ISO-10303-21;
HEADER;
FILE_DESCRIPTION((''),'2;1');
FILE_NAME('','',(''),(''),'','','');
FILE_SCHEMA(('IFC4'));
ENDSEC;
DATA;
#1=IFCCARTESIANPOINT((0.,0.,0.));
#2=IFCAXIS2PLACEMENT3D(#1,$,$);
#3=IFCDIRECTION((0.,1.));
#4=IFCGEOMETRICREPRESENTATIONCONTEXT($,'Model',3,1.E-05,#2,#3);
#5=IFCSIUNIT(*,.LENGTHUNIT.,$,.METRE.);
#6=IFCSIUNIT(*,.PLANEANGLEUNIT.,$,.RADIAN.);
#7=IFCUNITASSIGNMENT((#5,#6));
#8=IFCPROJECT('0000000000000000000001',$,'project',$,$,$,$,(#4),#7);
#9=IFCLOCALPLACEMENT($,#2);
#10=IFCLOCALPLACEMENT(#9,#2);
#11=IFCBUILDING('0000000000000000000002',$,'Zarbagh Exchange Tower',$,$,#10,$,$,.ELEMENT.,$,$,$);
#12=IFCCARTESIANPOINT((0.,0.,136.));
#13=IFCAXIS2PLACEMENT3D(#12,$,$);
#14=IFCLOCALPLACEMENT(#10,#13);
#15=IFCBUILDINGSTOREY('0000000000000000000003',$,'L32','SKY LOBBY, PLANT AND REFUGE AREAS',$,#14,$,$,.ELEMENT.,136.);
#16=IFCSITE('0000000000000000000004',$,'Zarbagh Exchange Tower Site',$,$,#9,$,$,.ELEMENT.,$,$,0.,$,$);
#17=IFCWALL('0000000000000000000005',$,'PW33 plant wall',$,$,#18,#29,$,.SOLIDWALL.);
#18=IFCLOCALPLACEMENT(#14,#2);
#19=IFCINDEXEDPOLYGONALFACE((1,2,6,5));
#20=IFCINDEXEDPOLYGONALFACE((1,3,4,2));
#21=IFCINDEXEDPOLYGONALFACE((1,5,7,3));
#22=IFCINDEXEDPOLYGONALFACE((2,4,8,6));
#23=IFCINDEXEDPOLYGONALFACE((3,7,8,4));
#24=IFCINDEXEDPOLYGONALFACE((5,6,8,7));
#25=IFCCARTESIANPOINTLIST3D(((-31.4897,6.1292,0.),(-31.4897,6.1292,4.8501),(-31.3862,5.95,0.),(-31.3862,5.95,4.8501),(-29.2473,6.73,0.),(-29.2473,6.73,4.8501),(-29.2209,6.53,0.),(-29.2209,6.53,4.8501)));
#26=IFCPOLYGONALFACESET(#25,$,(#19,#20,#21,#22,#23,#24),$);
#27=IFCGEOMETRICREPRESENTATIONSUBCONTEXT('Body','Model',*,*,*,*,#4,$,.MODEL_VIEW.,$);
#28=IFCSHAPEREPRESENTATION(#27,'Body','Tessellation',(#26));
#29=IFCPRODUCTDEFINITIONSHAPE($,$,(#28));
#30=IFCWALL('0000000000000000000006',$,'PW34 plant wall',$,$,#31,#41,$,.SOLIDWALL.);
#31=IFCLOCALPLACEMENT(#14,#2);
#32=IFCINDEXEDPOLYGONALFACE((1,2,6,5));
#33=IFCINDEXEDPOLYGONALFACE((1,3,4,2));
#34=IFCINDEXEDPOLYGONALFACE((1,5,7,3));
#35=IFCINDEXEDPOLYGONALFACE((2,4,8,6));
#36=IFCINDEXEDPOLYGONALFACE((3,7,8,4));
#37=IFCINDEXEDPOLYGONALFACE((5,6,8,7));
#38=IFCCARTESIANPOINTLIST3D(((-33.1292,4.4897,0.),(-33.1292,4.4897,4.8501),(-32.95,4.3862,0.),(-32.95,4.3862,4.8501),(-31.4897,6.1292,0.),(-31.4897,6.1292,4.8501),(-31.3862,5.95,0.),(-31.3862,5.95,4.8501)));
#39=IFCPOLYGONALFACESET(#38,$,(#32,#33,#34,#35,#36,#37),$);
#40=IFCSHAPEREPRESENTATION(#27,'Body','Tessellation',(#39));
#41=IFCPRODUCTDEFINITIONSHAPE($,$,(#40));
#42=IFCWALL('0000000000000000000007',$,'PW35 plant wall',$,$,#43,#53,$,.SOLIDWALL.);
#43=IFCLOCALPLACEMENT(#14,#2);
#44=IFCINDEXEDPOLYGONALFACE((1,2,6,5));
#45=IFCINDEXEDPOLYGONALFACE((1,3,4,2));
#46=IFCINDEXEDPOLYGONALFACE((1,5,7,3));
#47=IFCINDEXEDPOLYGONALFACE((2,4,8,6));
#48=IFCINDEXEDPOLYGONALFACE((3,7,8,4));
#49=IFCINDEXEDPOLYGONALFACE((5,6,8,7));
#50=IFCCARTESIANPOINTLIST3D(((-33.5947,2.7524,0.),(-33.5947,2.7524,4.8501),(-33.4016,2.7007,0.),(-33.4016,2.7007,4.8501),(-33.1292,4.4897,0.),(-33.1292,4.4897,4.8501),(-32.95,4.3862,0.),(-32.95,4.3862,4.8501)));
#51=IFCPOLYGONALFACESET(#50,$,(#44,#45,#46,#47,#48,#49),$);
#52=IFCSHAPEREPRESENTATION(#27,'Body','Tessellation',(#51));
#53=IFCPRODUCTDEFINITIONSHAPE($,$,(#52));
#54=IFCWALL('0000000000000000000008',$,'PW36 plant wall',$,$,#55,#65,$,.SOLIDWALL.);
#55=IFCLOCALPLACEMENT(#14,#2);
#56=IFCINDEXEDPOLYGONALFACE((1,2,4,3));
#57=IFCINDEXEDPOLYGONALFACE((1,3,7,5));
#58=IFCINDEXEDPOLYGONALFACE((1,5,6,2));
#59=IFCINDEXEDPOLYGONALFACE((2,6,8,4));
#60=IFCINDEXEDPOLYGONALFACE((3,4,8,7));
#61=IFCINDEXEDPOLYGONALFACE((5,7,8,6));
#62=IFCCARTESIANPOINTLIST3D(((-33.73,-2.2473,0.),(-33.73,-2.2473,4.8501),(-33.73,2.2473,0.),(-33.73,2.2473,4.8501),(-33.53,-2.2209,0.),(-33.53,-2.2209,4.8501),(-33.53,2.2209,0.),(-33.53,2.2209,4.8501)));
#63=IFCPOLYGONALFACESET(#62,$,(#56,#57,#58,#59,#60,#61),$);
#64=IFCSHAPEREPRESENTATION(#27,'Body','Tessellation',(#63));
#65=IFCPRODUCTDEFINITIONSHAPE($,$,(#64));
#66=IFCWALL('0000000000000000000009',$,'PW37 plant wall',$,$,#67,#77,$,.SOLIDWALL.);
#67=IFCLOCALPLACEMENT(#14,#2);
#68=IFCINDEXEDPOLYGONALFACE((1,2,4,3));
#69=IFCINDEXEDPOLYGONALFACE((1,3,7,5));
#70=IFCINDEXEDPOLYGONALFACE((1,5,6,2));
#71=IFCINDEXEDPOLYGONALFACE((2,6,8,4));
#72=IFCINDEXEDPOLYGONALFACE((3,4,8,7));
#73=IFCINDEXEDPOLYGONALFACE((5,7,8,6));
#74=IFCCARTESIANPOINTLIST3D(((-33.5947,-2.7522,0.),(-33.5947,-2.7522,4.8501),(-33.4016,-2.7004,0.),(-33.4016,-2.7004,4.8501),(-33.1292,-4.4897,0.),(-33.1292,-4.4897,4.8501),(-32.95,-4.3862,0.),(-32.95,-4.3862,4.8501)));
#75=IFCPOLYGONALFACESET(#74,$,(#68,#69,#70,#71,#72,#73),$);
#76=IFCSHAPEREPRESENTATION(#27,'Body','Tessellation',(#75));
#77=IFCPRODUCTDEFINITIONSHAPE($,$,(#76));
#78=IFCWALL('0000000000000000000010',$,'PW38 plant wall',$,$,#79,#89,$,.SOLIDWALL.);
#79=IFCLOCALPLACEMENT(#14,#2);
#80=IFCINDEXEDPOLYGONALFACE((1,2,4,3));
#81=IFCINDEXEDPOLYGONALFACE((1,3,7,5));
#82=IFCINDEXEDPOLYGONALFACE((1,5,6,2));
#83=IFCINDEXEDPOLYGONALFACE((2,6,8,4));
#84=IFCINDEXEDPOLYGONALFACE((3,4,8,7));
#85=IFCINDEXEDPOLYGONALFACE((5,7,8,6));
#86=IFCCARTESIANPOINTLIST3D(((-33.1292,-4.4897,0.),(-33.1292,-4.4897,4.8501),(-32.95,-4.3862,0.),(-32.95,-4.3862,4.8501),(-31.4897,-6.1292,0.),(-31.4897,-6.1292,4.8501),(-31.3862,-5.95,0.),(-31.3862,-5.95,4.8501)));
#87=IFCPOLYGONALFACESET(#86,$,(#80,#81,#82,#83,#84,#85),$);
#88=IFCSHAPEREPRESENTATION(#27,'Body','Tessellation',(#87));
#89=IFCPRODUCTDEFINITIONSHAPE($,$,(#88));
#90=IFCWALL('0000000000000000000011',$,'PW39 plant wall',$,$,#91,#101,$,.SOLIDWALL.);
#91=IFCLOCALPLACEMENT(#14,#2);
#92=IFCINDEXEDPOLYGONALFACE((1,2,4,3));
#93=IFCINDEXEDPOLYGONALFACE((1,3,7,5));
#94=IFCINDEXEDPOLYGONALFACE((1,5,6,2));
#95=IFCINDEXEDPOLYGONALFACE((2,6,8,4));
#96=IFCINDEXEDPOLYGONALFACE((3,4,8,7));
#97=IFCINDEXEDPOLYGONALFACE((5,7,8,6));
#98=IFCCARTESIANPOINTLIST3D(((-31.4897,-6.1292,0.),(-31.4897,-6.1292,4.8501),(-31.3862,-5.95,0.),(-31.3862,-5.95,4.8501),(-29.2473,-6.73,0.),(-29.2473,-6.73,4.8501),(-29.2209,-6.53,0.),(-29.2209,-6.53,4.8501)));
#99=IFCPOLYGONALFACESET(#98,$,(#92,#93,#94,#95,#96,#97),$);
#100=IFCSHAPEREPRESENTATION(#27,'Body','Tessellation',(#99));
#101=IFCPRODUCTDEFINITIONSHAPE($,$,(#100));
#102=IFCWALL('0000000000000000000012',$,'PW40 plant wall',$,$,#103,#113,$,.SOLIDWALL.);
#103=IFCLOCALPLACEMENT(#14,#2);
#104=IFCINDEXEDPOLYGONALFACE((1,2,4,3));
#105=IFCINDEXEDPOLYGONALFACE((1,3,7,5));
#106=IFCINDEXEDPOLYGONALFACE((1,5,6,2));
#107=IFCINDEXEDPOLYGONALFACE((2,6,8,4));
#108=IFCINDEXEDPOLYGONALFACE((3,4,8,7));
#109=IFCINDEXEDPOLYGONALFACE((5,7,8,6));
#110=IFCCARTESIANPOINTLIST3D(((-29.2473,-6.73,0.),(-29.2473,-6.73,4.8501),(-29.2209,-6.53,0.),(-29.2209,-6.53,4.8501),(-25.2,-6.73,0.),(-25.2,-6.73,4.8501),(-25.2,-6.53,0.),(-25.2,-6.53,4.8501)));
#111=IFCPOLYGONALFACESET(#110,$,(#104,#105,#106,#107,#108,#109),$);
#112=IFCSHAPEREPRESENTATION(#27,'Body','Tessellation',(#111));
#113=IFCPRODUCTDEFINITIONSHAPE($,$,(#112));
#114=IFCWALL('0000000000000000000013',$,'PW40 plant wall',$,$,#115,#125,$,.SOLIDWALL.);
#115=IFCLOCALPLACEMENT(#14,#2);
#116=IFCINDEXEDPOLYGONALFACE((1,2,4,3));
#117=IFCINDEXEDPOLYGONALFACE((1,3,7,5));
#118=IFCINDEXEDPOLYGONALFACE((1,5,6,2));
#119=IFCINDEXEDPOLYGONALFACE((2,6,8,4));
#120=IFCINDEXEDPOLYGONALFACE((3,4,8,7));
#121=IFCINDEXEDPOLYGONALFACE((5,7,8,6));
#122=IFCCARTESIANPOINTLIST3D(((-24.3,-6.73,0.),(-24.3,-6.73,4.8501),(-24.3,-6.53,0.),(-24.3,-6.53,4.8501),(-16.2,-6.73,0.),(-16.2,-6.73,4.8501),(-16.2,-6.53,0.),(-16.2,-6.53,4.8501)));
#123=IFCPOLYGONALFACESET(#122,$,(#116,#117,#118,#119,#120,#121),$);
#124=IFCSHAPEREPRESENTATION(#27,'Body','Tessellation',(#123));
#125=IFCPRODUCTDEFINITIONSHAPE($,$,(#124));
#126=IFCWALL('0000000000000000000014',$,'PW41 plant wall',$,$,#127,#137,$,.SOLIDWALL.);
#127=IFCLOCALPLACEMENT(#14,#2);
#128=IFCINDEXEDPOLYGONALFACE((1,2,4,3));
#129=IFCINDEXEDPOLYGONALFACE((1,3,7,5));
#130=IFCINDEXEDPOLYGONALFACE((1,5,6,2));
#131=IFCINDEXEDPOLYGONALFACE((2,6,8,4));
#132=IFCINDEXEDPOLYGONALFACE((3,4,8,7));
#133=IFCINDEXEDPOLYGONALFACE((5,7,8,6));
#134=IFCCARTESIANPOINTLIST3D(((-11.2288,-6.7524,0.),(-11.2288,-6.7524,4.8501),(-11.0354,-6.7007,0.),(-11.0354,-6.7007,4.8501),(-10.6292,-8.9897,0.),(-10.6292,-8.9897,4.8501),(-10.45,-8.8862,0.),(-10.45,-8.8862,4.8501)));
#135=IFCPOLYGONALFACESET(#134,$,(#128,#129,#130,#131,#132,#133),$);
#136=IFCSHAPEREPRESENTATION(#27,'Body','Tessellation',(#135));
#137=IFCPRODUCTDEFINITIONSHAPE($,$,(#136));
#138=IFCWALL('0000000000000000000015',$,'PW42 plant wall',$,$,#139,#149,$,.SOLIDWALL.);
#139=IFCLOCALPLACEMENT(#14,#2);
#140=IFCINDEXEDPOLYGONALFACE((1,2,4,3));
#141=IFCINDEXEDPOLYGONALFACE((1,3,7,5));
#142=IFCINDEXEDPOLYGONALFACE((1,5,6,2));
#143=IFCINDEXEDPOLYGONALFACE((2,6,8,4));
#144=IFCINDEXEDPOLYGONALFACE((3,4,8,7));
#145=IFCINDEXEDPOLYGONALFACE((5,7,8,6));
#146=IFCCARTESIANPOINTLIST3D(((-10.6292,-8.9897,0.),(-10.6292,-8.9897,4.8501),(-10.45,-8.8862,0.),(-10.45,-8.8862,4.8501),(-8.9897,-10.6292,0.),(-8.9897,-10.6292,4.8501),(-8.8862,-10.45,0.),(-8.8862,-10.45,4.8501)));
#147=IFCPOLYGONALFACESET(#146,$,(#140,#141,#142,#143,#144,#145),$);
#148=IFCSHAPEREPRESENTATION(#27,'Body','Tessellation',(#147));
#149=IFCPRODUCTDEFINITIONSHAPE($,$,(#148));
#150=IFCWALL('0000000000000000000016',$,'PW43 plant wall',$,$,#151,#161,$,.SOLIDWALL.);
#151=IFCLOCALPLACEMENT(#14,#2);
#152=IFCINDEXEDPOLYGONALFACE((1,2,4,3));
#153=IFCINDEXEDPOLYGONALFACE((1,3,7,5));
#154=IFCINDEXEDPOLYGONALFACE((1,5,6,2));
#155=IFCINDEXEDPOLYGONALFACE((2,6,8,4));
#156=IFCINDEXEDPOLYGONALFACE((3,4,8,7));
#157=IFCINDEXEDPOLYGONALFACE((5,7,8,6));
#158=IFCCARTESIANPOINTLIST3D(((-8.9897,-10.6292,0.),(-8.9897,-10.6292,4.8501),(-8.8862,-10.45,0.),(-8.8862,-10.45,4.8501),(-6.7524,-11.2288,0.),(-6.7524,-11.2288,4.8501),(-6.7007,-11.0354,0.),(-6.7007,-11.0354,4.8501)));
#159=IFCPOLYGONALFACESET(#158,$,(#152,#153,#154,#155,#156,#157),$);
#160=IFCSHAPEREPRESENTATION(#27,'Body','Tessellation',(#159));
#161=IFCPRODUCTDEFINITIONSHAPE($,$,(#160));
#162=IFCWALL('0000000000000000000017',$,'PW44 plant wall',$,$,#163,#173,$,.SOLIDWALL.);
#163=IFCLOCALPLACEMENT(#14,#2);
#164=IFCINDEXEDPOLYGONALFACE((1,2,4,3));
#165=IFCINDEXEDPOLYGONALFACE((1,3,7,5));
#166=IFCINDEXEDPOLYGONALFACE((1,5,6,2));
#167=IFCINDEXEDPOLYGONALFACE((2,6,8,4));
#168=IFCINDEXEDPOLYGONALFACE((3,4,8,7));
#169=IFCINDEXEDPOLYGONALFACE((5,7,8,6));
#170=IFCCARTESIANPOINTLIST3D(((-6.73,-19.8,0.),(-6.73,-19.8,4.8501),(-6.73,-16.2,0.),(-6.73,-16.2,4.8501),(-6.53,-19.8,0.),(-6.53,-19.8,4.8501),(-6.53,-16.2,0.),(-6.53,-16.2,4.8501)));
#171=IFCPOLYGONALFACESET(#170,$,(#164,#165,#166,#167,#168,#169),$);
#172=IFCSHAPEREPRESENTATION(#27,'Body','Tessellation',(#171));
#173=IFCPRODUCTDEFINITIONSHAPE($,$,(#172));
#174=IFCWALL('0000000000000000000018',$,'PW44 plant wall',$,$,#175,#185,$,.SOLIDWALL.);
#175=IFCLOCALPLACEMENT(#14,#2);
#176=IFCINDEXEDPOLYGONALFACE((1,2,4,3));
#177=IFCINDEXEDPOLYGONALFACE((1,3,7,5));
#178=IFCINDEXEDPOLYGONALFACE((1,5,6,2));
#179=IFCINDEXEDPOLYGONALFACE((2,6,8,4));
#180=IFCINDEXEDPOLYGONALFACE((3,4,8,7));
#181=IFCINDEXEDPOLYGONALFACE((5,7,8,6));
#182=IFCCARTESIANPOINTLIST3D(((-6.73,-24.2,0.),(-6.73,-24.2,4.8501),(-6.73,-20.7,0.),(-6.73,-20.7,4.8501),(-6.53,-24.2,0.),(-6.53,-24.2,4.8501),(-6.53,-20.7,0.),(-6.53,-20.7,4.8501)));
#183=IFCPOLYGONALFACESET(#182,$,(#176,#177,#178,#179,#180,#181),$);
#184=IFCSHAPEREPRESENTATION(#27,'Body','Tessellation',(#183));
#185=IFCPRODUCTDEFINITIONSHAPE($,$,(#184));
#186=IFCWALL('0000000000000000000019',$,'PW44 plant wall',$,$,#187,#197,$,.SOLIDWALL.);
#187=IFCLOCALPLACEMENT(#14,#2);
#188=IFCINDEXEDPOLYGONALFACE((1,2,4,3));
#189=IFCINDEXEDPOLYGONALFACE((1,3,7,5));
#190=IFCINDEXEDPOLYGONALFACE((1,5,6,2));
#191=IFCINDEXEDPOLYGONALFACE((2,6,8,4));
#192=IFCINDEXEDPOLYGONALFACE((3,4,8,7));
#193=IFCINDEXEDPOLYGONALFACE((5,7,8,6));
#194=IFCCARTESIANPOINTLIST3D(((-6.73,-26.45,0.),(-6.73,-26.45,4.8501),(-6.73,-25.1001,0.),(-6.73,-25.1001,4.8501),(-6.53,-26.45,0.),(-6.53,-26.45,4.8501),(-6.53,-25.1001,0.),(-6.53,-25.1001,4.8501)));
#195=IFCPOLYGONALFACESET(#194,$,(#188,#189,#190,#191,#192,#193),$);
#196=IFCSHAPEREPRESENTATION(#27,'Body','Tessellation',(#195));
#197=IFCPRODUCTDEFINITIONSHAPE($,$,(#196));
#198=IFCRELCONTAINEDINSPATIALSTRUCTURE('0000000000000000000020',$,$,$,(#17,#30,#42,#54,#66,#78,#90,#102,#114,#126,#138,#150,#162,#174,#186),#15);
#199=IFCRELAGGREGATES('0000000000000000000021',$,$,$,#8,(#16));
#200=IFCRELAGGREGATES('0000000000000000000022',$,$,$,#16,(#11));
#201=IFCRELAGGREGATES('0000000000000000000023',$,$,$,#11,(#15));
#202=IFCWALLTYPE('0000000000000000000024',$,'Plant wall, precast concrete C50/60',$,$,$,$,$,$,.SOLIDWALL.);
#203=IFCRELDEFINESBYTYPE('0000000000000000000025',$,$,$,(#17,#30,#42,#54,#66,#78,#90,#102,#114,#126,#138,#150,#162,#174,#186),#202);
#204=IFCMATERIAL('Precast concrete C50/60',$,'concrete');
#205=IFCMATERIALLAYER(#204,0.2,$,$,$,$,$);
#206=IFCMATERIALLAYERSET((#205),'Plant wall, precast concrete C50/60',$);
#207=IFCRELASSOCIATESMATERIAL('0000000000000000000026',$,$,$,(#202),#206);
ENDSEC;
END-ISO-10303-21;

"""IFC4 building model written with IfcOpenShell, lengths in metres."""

from ifc_helpers import new_model, si_unit, direction, frame, origin, place, context, subcontext, project, spatial, polyline, outline, extrude, material, layer, layer_set, type_object, element, save


model = new_model("IFC4")

# Units and contexts
model_context = context("Model", 3, precision=1e-05, world=origin(), true_north=direction((0.0, 1.0)))
body_context = subcontext(model_context, "Body", "Model", "MODEL_VIEW")
ifc_project = project(units=[si_unit("LENGTHUNIT", "METRE"), si_unit("PLANEANGLEUNIT", "RADIAN")], contexts=[model_context])

# Site, building, storey
site_placement = place(None, origin())
site = spatial("IfcSite", under=ifc_project, at=site_placement, Name="Zarbagh Exchange Tower Site", CompositionType="ELEMENT", RefElevation=0.0)
building_placement = place(site_placement, origin())
building = spatial("IfcBuilding", under=site, at=building_placement, Name="Zarbagh Exchange Tower", CompositionType="ELEMENT")
storey_placement = place(building_placement, frame((0.0, 0.0, 136.0)))
storey = spatial("IfcBuildingStorey", under=building, at=storey_placement, Name="L32", Description="SKY LOBBY, PLANT AND REFUGE AREAS", CompositionType="ELEMENT", Elevation=136.0)

# Walls
ifc_material_1 = material(Name="Precast concrete C50/60", Category="concrete")
ifc_layer_1 = layer(ifc_material_1, 0.2)
ifc_layer_set_1 = layer_set([ifc_layer_1], Name="Plant wall, precast concrete C50/60")
wall_type = type_object("IfcWallType", Name="Plant wall, precast concrete C50/60", PredefinedType="SOLIDWALL", material=ifc_layer_set_1)
wall_1_placement = place(storey_placement, origin())
element("IfcWall", 1, at=wall_1_placement, inside=storey, type_object=wall_type, Name="PW33 plant wall", PredefinedType="SOLIDWALL", context=body_context, shape_type="SweptSolid", body=[
    extrude(outline(polyline([(-29.2473, 6.73), (-31.4897, 6.1292), (-31.3862, 5.95), (-29.2209, 6.53), (-29.2473, 6.73)])), origin(), (0.0, 0.0, 1.0), 4.8501),
])
wall_2_placement = place(storey_placement, origin())
element("IfcWall", 2, at=wall_2_placement, inside=storey, type_object=wall_type, Name="PW34 plant wall", PredefinedType="SOLIDWALL", context=body_context, shape_type="SweptSolid", body=[
    extrude(outline(polyline([(-31.4897, 6.1292), (-33.1292, 4.4897), (-32.95, 4.3862), (-31.3862, 5.95), (-31.4897, 6.1292)])), origin(), (0.0, 0.0, 1.0), 4.8501),
])
wall_3_placement = place(storey_placement, origin())
element("IfcWall", 3, at=wall_3_placement, inside=storey, type_object=wall_type, Name="PW35 plant wall", PredefinedType="SOLIDWALL", context=body_context, shape_type="SweptSolid", body=[
    extrude(outline(polyline([(-33.1292, 4.4897), (-33.5947, 2.7524), (-33.4016, 2.7007), (-32.95, 4.3862), (-33.1292, 4.4897)])), origin(), (0.0, 0.0, 1.0), 4.8501),
])
wall_4_placement = place(storey_placement, origin())
element("IfcWall", 4, at=wall_4_placement, inside=storey, type_object=wall_type, Name="PW36 plant wall", PredefinedType="SOLIDWALL", context=body_context, shape_type="SweptSolid", body=[
    extrude(outline(polyline([(-33.73, 2.2473), (-33.73, -2.2473), (-33.53, -2.2209), (-33.53, 2.2209), (-33.73, 2.2473)])), origin(), (0.0, 0.0, 1.0), 4.8501),
])
wall_5_placement = place(storey_placement, origin())
element("IfcWall", 5, at=wall_5_placement, inside=storey, type_object=wall_type, Name="PW37 plant wall", PredefinedType="SOLIDWALL", context=body_context, shape_type="SweptSolid", body=[
    extrude(outline(polyline([(-33.5947, -2.7522), (-33.1292, -4.4897), (-32.95, -4.3862), (-33.4016, -2.7004), (-33.5947, -2.7522)])), origin(), (0.0, 0.0, 1.0), 4.8501),
])
wall_6_placement = place(storey_placement, origin())
element("IfcWall", 6, at=wall_6_placement, inside=storey, type_object=wall_type, Name="PW38 plant wall", PredefinedType="SOLIDWALL", context=body_context, shape_type="SweptSolid", body=[
    extrude(outline(polyline([(-33.1292, -4.4897), (-31.4897, -6.1292), (-31.3862, -5.95), (-32.95, -4.3862), (-33.1292, -4.4897)])), origin(), (0.0, 0.0, 1.0), 4.8501),
])
wall_7_placement = place(storey_placement, origin())
element("IfcWall", 7, at=wall_7_placement, inside=storey, type_object=wall_type, Name="PW39 plant wall", PredefinedType="SOLIDWALL", context=body_context, shape_type="SweptSolid", body=[
    extrude(outline(polyline([(-31.4897, -6.1292), (-29.2473, -6.73), (-29.2209, -6.53), (-31.3862, -5.95), (-31.4897, -6.1292)])), origin(), (0.0, 0.0, 1.0), 4.8501),
])
wall_8_placement = place(storey_placement, origin())
element("IfcWall", 8, at=wall_8_placement, inside=storey, type_object=wall_type, Name="PW40 plant wall", PredefinedType="SOLIDWALL", context=body_context, shape_type="SweptSolid", body=[
    extrude(outline(polyline([(-29.2473, -6.73), (-25.2, -6.73), (-25.2, -6.53), (-29.2209, -6.53), (-29.2473, -6.73)])), origin(), (0.0, 0.0, 1.0), 4.8501),
])
wall_9_placement = place(storey_placement, origin())
element("IfcWall", 9, at=wall_9_placement, inside=storey, type_object=wall_type, Name="PW40 plant wall", PredefinedType="SOLIDWALL", context=body_context, shape_type="SweptSolid", body=[
    extrude(outline(polyline([(-24.3, -6.73), (-16.2, -6.73), (-16.2, -6.53), (-24.3, -6.53), (-24.3, -6.73)])), origin(), (0.0, 0.0, 1.0), 4.8501),
])
wall_10_placement = place(storey_placement, origin())
element("IfcWall", 10, at=wall_10_placement, inside=storey, type_object=wall_type, Name="PW41 plant wall", PredefinedType="SOLIDWALL", context=body_context, shape_type="SweptSolid", body=[
    extrude(outline(polyline([(-11.2288, -6.7524), (-10.6292, -8.9897), (-10.45, -8.8862), (-11.0354, -6.7007), (-11.2288, -6.7524)])), origin(), (0.0, 0.0, 1.0), 4.8501),
])
wall_11_placement = place(storey_placement, origin())
element("IfcWall", 11, at=wall_11_placement, inside=storey, type_object=wall_type, Name="PW42 plant wall", PredefinedType="SOLIDWALL", context=body_context, shape_type="SweptSolid", body=[
    extrude(outline(polyline([(-10.6292, -8.9897), (-8.9897, -10.6292), (-8.8862, -10.45), (-10.45, -8.8862), (-10.6292, -8.9897)])), origin(), (0.0, 0.0, 1.0), 4.8501),
])
wall_12_placement = place(storey_placement, origin())
element("IfcWall", 12, at=wall_12_placement, inside=storey, type_object=wall_type, Name="PW43 plant wall", PredefinedType="SOLIDWALL", context=body_context, shape_type="SweptSolid", body=[
    extrude(outline(polyline([(-8.9897, -10.6292), (-6.7524, -11.2288), (-6.7007, -11.0354), (-8.8862, -10.45), (-8.9897, -10.6292)])), origin(), (0.0, 0.0, 1.0), 4.8501),
])
wall_13_placement = place(storey_placement, origin())
element("IfcWall", 13, at=wall_13_placement, inside=storey, type_object=wall_type, Name="PW44 plant wall", PredefinedType="SOLIDWALL", context=body_context, shape_type="SweptSolid", body=[
    extrude(outline(polyline([(-6.73, -16.2), (-6.73, -19.8), (-6.53, -19.8), (-6.53, -16.2), (-6.73, -16.2)])), origin(), (0.0, 0.0, 1.0), 4.8501),
])
wall_14_placement = place(storey_placement, origin())
element("IfcWall", 14, at=wall_14_placement, inside=storey, type_object=wall_type, Name="PW44 plant wall", PredefinedType="SOLIDWALL", context=body_context, shape_type="SweptSolid", body=[
    extrude(outline(polyline([(-6.73, -20.7), (-6.73, -24.2), (-6.53, -24.2), (-6.53, -20.7), (-6.73, -20.7)])), origin(), (0.0, 0.0, 1.0), 4.8501),
])
wall_15_placement = place(storey_placement, origin())
element("IfcWall", 15, at=wall_15_placement, inside=storey, type_object=wall_type, Name="PW44 plant wall", PredefinedType="SOLIDWALL", context=body_context, shape_type="SweptSolid", body=[
    extrude(outline(polyline([(-6.73, -25.1001), (-6.73, -26.45), (-6.53, -26.45), (-6.53, -25.1001), (-6.73, -25.1001)])), origin(), (0.0, 0.0, 1.0), 4.8501),
])

save(model, "model.ifc")
